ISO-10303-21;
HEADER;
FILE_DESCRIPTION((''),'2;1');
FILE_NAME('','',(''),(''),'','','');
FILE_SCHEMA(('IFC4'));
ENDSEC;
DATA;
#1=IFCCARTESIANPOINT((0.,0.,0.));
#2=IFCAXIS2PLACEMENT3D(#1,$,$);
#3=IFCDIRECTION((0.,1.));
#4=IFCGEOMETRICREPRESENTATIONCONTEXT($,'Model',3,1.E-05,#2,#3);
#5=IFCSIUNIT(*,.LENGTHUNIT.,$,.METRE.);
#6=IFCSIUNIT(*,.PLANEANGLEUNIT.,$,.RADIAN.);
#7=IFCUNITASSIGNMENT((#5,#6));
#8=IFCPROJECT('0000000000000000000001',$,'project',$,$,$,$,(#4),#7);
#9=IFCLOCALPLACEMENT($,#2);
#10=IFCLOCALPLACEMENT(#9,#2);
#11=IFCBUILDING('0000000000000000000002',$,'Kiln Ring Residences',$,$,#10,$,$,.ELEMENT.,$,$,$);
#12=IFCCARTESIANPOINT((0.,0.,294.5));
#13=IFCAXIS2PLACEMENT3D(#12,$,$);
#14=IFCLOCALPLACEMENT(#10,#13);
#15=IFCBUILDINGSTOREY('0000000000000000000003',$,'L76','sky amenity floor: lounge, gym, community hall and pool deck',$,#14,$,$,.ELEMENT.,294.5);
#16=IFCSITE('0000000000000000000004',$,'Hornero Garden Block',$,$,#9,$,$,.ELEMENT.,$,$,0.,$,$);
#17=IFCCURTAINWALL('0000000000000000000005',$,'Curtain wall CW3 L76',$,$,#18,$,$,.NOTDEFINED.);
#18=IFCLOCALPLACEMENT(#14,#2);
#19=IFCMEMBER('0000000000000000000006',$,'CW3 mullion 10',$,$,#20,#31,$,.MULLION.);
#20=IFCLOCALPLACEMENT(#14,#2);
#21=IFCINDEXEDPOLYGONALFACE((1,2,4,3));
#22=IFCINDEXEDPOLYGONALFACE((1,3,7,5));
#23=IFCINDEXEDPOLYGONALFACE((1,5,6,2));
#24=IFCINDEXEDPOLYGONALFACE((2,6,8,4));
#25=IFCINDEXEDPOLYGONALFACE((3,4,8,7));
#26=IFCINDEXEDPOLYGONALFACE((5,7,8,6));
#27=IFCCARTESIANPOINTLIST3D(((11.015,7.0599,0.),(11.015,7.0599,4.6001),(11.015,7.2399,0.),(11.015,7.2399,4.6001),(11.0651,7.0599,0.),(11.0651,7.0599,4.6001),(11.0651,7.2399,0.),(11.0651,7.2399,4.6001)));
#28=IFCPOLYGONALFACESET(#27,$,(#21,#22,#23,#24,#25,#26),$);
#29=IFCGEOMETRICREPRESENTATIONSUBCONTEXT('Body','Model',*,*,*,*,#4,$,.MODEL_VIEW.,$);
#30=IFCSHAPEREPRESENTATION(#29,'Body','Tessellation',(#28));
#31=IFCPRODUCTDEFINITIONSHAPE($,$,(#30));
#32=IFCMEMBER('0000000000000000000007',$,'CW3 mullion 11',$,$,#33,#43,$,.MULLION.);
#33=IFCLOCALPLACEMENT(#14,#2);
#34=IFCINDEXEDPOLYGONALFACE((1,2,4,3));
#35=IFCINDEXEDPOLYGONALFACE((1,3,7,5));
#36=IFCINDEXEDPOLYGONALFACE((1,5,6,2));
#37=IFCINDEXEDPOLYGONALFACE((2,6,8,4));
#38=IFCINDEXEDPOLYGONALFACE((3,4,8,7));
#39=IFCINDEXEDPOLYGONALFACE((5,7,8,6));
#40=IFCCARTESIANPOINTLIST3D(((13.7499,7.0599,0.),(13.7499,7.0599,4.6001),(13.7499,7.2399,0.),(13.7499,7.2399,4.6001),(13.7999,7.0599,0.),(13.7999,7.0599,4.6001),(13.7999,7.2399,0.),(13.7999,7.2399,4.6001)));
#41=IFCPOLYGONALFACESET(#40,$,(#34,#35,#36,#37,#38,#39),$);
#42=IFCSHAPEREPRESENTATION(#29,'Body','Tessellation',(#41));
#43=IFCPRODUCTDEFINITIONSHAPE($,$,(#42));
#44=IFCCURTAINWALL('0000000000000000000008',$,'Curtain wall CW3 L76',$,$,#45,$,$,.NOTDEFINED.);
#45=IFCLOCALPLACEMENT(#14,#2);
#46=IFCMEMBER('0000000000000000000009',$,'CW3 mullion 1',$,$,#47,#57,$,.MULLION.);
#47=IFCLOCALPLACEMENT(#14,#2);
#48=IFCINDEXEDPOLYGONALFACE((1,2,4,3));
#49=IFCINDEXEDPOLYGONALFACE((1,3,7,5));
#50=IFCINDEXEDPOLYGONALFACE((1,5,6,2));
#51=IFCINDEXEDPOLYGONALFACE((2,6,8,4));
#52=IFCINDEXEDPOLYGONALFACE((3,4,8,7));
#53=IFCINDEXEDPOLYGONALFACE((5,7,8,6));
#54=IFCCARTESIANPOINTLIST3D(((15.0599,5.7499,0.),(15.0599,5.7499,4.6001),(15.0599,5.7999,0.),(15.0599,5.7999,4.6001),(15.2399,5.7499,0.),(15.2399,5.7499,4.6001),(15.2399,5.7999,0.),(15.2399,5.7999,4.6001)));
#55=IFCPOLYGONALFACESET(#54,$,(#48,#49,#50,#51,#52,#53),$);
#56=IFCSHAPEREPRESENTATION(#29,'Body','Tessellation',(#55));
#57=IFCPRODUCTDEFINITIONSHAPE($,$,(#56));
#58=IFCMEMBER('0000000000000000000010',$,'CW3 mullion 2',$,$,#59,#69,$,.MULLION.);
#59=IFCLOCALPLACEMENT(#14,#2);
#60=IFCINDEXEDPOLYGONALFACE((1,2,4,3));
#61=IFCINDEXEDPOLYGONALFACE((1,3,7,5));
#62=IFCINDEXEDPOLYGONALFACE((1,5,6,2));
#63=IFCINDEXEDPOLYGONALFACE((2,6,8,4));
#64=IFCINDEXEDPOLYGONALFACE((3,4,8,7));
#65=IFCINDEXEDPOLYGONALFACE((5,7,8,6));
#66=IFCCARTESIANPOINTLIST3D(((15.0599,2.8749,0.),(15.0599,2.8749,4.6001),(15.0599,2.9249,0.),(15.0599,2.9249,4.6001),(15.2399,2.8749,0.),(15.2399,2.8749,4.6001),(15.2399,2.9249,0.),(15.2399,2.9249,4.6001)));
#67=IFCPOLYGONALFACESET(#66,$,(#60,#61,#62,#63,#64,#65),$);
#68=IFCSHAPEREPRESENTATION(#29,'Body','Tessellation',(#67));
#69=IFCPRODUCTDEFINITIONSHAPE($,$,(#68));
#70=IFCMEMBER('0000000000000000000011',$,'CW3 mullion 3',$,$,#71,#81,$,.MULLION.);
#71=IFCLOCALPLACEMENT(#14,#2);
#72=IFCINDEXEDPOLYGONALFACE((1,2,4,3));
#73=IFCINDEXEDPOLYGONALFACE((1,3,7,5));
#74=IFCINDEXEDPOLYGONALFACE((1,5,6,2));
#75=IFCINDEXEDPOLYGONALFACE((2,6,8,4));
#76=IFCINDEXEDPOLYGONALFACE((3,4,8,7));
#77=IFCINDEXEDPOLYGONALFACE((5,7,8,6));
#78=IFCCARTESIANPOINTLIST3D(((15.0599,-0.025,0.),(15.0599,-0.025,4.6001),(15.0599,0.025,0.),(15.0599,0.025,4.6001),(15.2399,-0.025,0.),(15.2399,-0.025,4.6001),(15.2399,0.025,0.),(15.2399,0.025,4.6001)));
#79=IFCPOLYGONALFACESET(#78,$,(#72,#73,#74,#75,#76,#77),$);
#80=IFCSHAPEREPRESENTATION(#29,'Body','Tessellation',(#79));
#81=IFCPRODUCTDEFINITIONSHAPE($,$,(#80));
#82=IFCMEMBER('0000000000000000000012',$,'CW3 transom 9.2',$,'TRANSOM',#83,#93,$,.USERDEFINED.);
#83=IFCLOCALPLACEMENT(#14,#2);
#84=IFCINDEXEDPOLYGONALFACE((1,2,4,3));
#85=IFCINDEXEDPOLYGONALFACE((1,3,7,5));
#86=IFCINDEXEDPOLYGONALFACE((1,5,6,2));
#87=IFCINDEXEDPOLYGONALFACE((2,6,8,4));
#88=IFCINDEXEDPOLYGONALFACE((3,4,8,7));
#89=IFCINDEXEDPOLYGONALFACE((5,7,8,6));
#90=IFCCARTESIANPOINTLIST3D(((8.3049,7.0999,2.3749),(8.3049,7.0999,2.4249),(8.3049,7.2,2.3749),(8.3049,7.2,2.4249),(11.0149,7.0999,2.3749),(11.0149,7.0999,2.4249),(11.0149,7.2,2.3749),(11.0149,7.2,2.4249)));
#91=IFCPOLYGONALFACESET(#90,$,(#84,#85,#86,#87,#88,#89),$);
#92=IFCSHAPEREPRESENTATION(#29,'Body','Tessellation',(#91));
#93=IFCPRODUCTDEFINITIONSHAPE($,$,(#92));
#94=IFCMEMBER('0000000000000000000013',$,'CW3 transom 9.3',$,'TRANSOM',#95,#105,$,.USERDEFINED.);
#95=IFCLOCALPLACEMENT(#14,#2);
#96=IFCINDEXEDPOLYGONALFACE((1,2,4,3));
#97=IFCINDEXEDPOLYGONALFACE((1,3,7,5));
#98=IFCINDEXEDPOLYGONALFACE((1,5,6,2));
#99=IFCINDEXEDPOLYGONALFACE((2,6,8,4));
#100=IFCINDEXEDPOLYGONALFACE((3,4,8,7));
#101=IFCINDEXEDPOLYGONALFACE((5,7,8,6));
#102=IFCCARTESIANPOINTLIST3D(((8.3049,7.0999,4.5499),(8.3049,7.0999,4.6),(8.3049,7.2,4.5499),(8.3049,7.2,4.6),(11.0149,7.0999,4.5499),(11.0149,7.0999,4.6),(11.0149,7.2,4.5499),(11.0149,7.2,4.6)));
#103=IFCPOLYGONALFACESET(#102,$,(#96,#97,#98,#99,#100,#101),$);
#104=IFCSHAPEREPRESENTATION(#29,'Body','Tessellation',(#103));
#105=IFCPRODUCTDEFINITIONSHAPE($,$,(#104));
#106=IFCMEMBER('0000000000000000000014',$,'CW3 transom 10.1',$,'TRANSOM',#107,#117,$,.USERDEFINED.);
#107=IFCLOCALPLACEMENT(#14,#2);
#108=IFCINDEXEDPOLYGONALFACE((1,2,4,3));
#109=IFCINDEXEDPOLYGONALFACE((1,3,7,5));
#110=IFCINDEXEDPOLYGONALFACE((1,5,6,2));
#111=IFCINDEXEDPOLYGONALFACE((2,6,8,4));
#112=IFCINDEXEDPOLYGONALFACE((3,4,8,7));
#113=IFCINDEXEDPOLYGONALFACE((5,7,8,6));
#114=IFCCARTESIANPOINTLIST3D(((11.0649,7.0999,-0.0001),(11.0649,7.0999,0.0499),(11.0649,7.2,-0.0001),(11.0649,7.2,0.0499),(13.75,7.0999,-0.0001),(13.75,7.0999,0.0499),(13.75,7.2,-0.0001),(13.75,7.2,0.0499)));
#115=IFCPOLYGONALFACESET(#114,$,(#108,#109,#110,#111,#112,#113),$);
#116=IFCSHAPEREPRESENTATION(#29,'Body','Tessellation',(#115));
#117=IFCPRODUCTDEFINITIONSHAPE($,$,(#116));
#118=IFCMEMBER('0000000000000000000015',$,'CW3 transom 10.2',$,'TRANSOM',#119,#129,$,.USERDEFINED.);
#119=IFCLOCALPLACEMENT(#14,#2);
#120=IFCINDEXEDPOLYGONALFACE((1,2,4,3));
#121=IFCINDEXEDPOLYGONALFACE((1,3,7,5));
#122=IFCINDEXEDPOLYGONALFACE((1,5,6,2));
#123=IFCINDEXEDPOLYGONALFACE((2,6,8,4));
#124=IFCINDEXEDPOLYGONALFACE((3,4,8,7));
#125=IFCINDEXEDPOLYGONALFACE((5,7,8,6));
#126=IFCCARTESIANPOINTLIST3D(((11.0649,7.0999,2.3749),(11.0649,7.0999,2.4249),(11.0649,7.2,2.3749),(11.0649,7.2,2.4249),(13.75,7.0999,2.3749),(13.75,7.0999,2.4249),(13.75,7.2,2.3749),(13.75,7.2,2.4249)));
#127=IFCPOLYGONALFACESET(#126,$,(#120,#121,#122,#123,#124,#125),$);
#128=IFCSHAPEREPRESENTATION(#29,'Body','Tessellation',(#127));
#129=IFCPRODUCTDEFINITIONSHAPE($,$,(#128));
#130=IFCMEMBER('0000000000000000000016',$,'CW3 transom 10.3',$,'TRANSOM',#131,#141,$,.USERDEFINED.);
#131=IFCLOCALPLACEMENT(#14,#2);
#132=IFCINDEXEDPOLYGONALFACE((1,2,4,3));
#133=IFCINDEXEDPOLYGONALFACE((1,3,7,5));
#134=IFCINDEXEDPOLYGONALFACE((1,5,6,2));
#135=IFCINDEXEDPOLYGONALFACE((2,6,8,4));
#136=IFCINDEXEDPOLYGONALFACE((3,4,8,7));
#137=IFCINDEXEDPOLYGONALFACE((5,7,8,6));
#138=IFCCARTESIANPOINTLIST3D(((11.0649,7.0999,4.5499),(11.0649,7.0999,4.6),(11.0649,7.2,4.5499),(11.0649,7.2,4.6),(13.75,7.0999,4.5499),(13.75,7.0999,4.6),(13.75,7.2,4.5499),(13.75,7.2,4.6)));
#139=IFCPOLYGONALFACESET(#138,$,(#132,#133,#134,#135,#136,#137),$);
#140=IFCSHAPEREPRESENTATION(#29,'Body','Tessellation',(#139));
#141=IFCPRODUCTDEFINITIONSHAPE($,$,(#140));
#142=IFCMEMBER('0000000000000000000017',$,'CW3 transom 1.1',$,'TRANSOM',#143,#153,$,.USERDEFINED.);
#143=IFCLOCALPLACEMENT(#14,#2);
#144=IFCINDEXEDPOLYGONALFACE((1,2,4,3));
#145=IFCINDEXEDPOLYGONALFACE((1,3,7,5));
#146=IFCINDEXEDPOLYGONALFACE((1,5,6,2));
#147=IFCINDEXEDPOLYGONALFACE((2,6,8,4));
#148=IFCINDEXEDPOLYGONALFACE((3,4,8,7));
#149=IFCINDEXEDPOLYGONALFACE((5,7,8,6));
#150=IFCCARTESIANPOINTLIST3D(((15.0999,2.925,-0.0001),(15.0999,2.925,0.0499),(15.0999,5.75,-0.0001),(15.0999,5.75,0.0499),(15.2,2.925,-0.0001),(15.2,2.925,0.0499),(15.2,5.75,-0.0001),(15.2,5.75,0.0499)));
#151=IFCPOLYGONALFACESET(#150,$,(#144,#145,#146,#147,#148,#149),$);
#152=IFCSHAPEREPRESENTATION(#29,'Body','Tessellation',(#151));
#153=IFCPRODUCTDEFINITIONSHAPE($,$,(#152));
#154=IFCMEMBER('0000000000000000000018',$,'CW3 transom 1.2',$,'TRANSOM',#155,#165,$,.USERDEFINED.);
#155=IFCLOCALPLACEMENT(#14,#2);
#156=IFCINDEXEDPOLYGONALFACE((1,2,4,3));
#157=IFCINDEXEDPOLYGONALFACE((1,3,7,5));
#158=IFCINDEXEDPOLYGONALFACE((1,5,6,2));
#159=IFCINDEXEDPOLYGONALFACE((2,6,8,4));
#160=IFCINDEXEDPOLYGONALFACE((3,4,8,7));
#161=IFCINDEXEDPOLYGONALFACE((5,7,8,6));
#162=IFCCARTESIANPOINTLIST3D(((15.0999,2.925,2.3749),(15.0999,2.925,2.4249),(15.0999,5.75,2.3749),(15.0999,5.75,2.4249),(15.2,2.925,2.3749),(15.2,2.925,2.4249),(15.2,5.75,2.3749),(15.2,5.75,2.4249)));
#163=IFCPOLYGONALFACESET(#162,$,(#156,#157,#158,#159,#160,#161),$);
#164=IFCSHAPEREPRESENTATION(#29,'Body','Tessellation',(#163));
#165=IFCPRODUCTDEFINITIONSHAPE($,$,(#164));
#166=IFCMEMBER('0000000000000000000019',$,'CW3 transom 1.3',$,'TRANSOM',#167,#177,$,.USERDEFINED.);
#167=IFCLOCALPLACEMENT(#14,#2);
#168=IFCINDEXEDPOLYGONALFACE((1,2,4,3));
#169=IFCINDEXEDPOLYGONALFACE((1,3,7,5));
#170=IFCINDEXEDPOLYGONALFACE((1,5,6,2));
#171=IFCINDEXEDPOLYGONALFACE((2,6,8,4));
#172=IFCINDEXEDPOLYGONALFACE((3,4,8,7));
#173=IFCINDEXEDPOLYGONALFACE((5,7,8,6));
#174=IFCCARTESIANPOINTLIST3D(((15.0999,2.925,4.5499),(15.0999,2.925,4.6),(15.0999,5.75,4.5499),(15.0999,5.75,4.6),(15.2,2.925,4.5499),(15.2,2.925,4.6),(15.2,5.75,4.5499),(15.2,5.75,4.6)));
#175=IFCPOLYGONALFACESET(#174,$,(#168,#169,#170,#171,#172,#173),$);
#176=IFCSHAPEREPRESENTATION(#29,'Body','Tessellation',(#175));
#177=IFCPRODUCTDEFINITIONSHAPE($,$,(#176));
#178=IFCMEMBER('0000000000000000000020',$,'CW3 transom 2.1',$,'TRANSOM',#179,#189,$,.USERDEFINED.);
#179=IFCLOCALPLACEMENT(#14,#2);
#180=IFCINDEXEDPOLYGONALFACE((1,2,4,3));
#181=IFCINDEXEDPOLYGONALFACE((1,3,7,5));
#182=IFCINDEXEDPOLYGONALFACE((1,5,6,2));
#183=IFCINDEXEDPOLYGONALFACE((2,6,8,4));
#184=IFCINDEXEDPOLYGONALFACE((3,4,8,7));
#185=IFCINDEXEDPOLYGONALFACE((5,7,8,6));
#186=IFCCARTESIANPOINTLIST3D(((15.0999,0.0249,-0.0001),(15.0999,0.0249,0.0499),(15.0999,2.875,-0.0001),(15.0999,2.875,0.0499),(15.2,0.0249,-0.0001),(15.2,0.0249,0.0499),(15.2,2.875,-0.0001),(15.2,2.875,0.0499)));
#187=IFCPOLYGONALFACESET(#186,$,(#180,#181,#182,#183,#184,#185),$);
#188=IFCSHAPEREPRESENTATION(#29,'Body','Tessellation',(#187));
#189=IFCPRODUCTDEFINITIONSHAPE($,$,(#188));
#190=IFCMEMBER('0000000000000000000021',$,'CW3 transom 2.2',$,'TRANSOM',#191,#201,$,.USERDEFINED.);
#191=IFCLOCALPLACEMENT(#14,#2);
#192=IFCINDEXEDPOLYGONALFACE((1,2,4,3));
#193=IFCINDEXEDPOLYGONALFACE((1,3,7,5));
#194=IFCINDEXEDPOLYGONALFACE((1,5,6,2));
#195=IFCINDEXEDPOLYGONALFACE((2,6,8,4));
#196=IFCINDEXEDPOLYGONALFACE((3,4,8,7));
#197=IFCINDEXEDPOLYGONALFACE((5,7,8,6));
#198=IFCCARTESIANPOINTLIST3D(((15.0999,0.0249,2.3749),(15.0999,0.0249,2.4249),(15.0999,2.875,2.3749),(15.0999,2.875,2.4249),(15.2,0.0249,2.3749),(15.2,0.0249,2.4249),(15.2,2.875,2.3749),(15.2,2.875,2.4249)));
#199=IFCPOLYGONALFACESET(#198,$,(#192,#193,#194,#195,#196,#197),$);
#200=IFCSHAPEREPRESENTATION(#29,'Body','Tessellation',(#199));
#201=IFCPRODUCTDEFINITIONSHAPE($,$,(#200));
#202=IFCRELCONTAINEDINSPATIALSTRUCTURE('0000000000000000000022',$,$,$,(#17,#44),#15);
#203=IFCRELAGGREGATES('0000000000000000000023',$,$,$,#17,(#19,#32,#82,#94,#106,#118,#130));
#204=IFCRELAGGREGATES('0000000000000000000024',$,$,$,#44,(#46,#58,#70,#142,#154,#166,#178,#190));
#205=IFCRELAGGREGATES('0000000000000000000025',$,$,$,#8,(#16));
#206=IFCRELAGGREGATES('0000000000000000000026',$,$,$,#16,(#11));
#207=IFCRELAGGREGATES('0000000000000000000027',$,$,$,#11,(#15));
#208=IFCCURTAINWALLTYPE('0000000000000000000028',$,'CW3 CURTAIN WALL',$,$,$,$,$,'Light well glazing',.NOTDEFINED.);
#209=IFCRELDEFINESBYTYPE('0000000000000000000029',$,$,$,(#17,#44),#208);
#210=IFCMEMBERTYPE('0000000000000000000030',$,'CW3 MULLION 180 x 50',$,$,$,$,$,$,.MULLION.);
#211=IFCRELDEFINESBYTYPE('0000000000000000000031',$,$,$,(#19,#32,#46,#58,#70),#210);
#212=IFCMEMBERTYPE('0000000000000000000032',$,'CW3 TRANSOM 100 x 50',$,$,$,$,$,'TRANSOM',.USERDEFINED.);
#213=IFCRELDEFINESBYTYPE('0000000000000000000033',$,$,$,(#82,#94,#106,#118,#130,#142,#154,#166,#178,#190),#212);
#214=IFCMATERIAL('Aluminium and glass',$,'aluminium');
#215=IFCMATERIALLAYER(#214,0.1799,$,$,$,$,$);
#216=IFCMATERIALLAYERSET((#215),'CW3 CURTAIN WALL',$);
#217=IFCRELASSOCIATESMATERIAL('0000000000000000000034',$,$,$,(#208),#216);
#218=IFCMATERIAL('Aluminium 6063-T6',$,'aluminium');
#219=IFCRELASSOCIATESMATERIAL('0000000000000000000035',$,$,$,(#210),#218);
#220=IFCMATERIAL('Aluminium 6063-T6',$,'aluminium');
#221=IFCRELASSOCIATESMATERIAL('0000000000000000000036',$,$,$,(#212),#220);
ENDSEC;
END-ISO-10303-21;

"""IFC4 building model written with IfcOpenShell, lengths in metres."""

from ifc_helpers import new_model, si_unit, direction, frame, origin, origin_2d, place, context, subcontext, project, spatial, rectangle, extrude, material, layer, layer_set, material_profile, profile_set, type_object, element, aggregate, save


model = new_model("IFC4")

# Units and contexts
model_context = context("Model", 3, precision=1e-05, world=origin(), true_north=direction((0.0, 1.0)))
body_context = subcontext(model_context, "Body", "Model", "MODEL_VIEW")
ifc_project = project(units=[si_unit("LENGTHUNIT", "METRE"), si_unit("PLANEANGLEUNIT", "RADIAN")], contexts=[model_context])

# Site, building, storey
site_placement = place(None, origin())
site = spatial("IfcSite", under=ifc_project, at=site_placement, Name="Hornero Garden Block", CompositionType="ELEMENT", RefElevation=0.0)
building_placement = place(site_placement, origin())
building = spatial("IfcBuilding", under=site, at=building_placement, Name="Kiln Ring Residences", CompositionType="ELEMENT")
storey_placement = place(building_placement, frame((0.0, 0.0, 294.5)))
storey = spatial("IfcBuildingStorey", under=building, at=storey_placement, Name="L76", Description="sky amenity floor: lounge, gym, community hall and pool deck", CompositionType="ELEMENT", Elevation=294.5)

# Curtain walls, members
ifc_material_1 = material(Name="Aluminium and glass", Category="aluminium")
ifc_layer_1 = layer(ifc_material_1, 0.1799)
ifc_layer_set_1 = layer_set([ifc_layer_1], Name="CW3 CURTAIN WALL")
curtain_wall_type = type_object("IfcCurtainWallType", Name="CW3 CURTAIN WALL", ElementType="Light well glazing", PredefinedType="NOTDEFINED", material=ifc_layer_set_1)
placement = place(storey_placement, origin())
curtain_wall_1 = element("IfcCurtainWall", 1, at=placement, inside=storey, type_object=curtain_wall_type, Name="Curtain wall CW3 L76", PredefinedType="NOTDEFINED")
ifc_material_2 = material(Name="Aluminium 6063-T6", Category="aluminium")
ifc_material_profile_1 = material_profile(ifc_material_2, rectangle(XDim=0.1799, YDim=0.05, at=origin_2d()), Name="AL 180x50")
ifc_profile_set_1 = profile_set([ifc_material_profile_1], Name="Aluminium 6063-T6")
member_type_1 = type_object("IfcMemberType", Name="CW3 MULLION 180 x 50", PredefinedType="MULLION", material=ifc_profile_set_1)
member_1_placement = place(storey_placement, frame((11.04, 7.1499, 0.0), z_axis=(0.0, 0.0, 1.0), x_axis=(0.0, 1.0, 0.0)))
member_1 = element("IfcMember", 2, at=member_1_placement, type_object=member_type_1, Name="CW3 mullion 10", PredefinedType="MULLION", context=body_context, shape_type="SweptSolid", body=[
    extrude(rectangle(XDim=0.1799, YDim=0.05, at=origin_2d()), origin(), (0.0, 0.0, 1.0), 4.6001),
])
member_2_placement = place(storey_placement, frame((13.7749, 7.1499, 0.0), z_axis=(0.0, 0.0, 1.0), x_axis=(0.0, 1.0, 0.0)))
member_2 = element("IfcMember", 3, at=member_2_placement, type_object=member_type_1, Name="CW3 mullion 11", PredefinedType="MULLION", context=body_context, shape_type="SweptSolid", body=[
    extrude(rectangle(XDim=0.1799, YDim=0.05, at=origin_2d()), origin(), (0.0, 0.0, 1.0), 4.6001),
])
curtain_wall_2 = element("IfcCurtainWall", 4, at=placement, inside=storey, type_object=curtain_wall_type, Name="Curtain wall CW3 L76", PredefinedType="NOTDEFINED")
member_3_placement = place(storey_placement, frame((15.1499, 5.7749, 0.0), z_axis=(0.0, 0.0, 1.0), x_axis=(1.0, 0.0, 0.0)))
member_3 = element("IfcMember", 5, at=member_3_placement, type_object=member_type_1, Name="CW3 mullion 1", PredefinedType="MULLION", context=body_context, shape_type="SweptSolid", body=[
    extrude(rectangle(XDim=0.1799, YDim=0.05, at=origin_2d()), origin(), (0.0, 0.0, 1.0), 4.6001),
])
member_4_placement = place(storey_placement, frame((15.1499, 2.8999, 0.0), z_axis=(0.0, 0.0, 1.0), x_axis=(1.0, 0.0, 0.0)))
member_4 = element("IfcMember", 6, at=member_4_placement, type_object=member_type_1, Name="CW3 mullion 2", PredefinedType="MULLION", context=body_context, shape_type="SweptSolid", body=[
    extrude(rectangle(XDim=0.1799, YDim=0.05, at=origin_2d()), origin(), (0.0, 0.0, 1.0), 4.6001),
])
member_5_placement = place(storey_placement, frame((15.1499, 0.0, 0.0), z_axis=(0.0, 0.0, 1.0), x_axis=(1.0, 0.0, 0.0)))
member_5 = element("IfcMember", 7, at=member_5_placement, type_object=member_type_1, Name="CW3 mullion 3", PredefinedType="MULLION", context=body_context, shape_type="SweptSolid", body=[
    extrude(rectangle(XDim=0.1799, YDim=0.05, at=origin_2d()), origin(), (0.0, 0.0, 1.0), 4.6001),
])

# Members
ifc_material_3 = material(Name="Aluminium 6063-T6", Category="aluminium")
ifc_material_profile_2 = material_profile(ifc_material_3, rectangle(XDim=0.1001, YDim=0.05, at=origin_2d()), Name="AL 100x50")
ifc_profile_set_2 = profile_set([ifc_material_profile_2], Name="Aluminium 6063-T6")
member_type_2 = type_object("IfcMemberType", Name="CW3 TRANSOM 100 x 50", ElementType="TRANSOM", PredefinedType="USERDEFINED", material=ifc_profile_set_2)
member_6_placement = place(storey_placement, frame((8.3049, 7.1499, 2.3999), z_axis=(1.0, 0.0, 0.0), x_axis=(0.0, 1.0, 0.0)))
member_6 = element("IfcMember", 8, at=member_6_placement, type_object=member_type_2, Name="CW3 transom 9.2", ObjectType="TRANSOM", PredefinedType="USERDEFINED", context=body_context, shape_type="SweptSolid", body=[
    extrude(rectangle(XDim=0.1001, YDim=0.05, at=origin_2d()), origin(), (0.0, 0.0, 1.0), 2.71),
])
member_7_placement = place(storey_placement, frame((8.3049, 7.1499, 4.575), z_axis=(1.0, 0.0, 0.0), x_axis=(0.0, 1.0, 0.0)))
member_7 = element("IfcMember", 9, at=member_7_placement, type_object=member_type_2, Name="CW3 transom 9.3", ObjectType="TRANSOM", PredefinedType="USERDEFINED", context=body_context, shape_type="SweptSolid", body=[
    extrude(rectangle(XDim=0.1001, YDim=0.05, at=origin_2d()), origin(), (0.0, 0.0, 1.0), 2.71),
])
member_8_placement = place(storey_placement, frame((11.0649, 7.1499, 0.0249), z_axis=(1.0, 0.0, 0.0), x_axis=(0.0, 1.0, 0.0)))
member_8 = element("IfcMember", 10, at=member_8_placement, type_object=member_type_2, Name="CW3 transom 10.1", ObjectType="TRANSOM", PredefinedType="USERDEFINED", context=body_context, shape_type="SweptSolid", body=[
    extrude(rectangle(XDim=0.1001, YDim=0.05, at=origin_2d()), origin(), (0.0, 0.0, 1.0), 2.6851),
])
member_9_placement = place(storey_placement, frame((11.0649, 7.1499, 2.3999), z_axis=(1.0, 0.0, 0.0), x_axis=(0.0, 1.0, 0.0)))
member_9 = element("IfcMember", 11, at=member_9_placement, type_object=member_type_2, Name="CW3 transom 10.2", ObjectType="TRANSOM", PredefinedType="USERDEFINED", context=body_context, shape_type="SweptSolid", body=[
    extrude(rectangle(XDim=0.1001, YDim=0.05, at=origin_2d()), origin(), (0.0, 0.0, 1.0), 2.6851),
])
member_10_placement = place(storey_placement, frame((11.0649, 7.1499, 4.575), z_axis=(1.0, 0.0, 0.0), x_axis=(0.0, 1.0, 0.0)))
member_10 = element("IfcMember", 12, at=member_10_placement, type_object=member_type_2, Name="CW3 transom 10.3", ObjectType="TRANSOM", PredefinedType="USERDEFINED", context=body_context, shape_type="SweptSolid", body=[
    extrude(rectangle(XDim=0.1001, YDim=0.05, at=origin_2d()), origin(), (0.0, 0.0, 1.0), 2.6851),
])
member_11_placement = place(storey_placement, frame((15.1499, 5.75, 0.0249), z_axis=(0.0, -1.0, 0.0), x_axis=(1.0, 0.0, 0.0)))
member_11 = element("IfcMember", 13, at=member_11_placement, type_object=member_type_2, Name="CW3 transom 1.1", ObjectType="TRANSOM", PredefinedType="USERDEFINED", context=body_context, shape_type="SweptSolid", body=[
    extrude(rectangle(XDim=0.1001, YDim=0.05, at=origin_2d()), origin(), (0.0, 0.0, 1.0), 2.825),
])
member_12_placement = place(storey_placement, frame((15.1499, 5.75, 2.3999), z_axis=(0.0, -1.0, 0.0), x_axis=(1.0, 0.0, 0.0)))
member_12 = element("IfcMember", 14, at=member_12_placement, type_object=member_type_2, Name="CW3 transom 1.2", ObjectType="TRANSOM", PredefinedType="USERDEFINED", context=body_context, shape_type="SweptSolid", body=[
    extrude(rectangle(XDim=0.1001, YDim=0.05, at=origin_2d()), origin(), (0.0, 0.0, 1.0), 2.825),
])
member_13_placement = place(storey_placement, frame((15.1499, 5.75, 4.575), z_axis=(0.0, -1.0, 0.0), x_axis=(1.0, 0.0, 0.0)))
member_13 = element("IfcMember", 15, at=member_13_placement, type_object=member_type_2, Name="CW3 transom 1.3", ObjectType="TRANSOM", PredefinedType="USERDEFINED", context=body_context, shape_type="SweptSolid", body=[
    extrude(rectangle(XDim=0.1001, YDim=0.05, at=origin_2d()), origin(), (0.0, 0.0, 1.0), 2.825),
])
member_14_placement = place(storey_placement, frame((15.1499, 2.875, 0.0249), z_axis=(0.0, -1.0, 0.0), x_axis=(1.0, 0.0, 0.0)))
member_14 = element("IfcMember", 16, at=member_14_placement, type_object=member_type_2, Name="CW3 transom 2.1", ObjectType="TRANSOM", PredefinedType="USERDEFINED", context=body_context, shape_type="SweptSolid", body=[
    extrude(rectangle(XDim=0.1001, YDim=0.05, at=origin_2d()), origin(), (0.0, 0.0, 1.0), 2.8501),
])
member_15_placement = place(storey_placement, frame((15.1499, 2.875, 2.3999), z_axis=(0.0, -1.0, 0.0), x_axis=(1.0, 0.0, 0.0)))
member_15 = element("IfcMember", 17, at=member_15_placement, type_object=member_type_2, Name="CW3 transom 2.2", ObjectType="TRANSOM", PredefinedType="USERDEFINED", context=body_context, shape_type="SweptSolid", body=[
    extrude(rectangle(XDim=0.1001, YDim=0.05, at=origin_2d()), origin(), (0.0, 0.0, 1.0), 2.8501),
])

aggregate(curtain_wall_1, [member_1, member_2, member_6, member_7, member_8, member_9, member_10])
aggregate(curtain_wall_2, [member_3, member_4, member_5, member_11, member_12, member_13, member_14, member_15])

save(model, "model.ifc")
